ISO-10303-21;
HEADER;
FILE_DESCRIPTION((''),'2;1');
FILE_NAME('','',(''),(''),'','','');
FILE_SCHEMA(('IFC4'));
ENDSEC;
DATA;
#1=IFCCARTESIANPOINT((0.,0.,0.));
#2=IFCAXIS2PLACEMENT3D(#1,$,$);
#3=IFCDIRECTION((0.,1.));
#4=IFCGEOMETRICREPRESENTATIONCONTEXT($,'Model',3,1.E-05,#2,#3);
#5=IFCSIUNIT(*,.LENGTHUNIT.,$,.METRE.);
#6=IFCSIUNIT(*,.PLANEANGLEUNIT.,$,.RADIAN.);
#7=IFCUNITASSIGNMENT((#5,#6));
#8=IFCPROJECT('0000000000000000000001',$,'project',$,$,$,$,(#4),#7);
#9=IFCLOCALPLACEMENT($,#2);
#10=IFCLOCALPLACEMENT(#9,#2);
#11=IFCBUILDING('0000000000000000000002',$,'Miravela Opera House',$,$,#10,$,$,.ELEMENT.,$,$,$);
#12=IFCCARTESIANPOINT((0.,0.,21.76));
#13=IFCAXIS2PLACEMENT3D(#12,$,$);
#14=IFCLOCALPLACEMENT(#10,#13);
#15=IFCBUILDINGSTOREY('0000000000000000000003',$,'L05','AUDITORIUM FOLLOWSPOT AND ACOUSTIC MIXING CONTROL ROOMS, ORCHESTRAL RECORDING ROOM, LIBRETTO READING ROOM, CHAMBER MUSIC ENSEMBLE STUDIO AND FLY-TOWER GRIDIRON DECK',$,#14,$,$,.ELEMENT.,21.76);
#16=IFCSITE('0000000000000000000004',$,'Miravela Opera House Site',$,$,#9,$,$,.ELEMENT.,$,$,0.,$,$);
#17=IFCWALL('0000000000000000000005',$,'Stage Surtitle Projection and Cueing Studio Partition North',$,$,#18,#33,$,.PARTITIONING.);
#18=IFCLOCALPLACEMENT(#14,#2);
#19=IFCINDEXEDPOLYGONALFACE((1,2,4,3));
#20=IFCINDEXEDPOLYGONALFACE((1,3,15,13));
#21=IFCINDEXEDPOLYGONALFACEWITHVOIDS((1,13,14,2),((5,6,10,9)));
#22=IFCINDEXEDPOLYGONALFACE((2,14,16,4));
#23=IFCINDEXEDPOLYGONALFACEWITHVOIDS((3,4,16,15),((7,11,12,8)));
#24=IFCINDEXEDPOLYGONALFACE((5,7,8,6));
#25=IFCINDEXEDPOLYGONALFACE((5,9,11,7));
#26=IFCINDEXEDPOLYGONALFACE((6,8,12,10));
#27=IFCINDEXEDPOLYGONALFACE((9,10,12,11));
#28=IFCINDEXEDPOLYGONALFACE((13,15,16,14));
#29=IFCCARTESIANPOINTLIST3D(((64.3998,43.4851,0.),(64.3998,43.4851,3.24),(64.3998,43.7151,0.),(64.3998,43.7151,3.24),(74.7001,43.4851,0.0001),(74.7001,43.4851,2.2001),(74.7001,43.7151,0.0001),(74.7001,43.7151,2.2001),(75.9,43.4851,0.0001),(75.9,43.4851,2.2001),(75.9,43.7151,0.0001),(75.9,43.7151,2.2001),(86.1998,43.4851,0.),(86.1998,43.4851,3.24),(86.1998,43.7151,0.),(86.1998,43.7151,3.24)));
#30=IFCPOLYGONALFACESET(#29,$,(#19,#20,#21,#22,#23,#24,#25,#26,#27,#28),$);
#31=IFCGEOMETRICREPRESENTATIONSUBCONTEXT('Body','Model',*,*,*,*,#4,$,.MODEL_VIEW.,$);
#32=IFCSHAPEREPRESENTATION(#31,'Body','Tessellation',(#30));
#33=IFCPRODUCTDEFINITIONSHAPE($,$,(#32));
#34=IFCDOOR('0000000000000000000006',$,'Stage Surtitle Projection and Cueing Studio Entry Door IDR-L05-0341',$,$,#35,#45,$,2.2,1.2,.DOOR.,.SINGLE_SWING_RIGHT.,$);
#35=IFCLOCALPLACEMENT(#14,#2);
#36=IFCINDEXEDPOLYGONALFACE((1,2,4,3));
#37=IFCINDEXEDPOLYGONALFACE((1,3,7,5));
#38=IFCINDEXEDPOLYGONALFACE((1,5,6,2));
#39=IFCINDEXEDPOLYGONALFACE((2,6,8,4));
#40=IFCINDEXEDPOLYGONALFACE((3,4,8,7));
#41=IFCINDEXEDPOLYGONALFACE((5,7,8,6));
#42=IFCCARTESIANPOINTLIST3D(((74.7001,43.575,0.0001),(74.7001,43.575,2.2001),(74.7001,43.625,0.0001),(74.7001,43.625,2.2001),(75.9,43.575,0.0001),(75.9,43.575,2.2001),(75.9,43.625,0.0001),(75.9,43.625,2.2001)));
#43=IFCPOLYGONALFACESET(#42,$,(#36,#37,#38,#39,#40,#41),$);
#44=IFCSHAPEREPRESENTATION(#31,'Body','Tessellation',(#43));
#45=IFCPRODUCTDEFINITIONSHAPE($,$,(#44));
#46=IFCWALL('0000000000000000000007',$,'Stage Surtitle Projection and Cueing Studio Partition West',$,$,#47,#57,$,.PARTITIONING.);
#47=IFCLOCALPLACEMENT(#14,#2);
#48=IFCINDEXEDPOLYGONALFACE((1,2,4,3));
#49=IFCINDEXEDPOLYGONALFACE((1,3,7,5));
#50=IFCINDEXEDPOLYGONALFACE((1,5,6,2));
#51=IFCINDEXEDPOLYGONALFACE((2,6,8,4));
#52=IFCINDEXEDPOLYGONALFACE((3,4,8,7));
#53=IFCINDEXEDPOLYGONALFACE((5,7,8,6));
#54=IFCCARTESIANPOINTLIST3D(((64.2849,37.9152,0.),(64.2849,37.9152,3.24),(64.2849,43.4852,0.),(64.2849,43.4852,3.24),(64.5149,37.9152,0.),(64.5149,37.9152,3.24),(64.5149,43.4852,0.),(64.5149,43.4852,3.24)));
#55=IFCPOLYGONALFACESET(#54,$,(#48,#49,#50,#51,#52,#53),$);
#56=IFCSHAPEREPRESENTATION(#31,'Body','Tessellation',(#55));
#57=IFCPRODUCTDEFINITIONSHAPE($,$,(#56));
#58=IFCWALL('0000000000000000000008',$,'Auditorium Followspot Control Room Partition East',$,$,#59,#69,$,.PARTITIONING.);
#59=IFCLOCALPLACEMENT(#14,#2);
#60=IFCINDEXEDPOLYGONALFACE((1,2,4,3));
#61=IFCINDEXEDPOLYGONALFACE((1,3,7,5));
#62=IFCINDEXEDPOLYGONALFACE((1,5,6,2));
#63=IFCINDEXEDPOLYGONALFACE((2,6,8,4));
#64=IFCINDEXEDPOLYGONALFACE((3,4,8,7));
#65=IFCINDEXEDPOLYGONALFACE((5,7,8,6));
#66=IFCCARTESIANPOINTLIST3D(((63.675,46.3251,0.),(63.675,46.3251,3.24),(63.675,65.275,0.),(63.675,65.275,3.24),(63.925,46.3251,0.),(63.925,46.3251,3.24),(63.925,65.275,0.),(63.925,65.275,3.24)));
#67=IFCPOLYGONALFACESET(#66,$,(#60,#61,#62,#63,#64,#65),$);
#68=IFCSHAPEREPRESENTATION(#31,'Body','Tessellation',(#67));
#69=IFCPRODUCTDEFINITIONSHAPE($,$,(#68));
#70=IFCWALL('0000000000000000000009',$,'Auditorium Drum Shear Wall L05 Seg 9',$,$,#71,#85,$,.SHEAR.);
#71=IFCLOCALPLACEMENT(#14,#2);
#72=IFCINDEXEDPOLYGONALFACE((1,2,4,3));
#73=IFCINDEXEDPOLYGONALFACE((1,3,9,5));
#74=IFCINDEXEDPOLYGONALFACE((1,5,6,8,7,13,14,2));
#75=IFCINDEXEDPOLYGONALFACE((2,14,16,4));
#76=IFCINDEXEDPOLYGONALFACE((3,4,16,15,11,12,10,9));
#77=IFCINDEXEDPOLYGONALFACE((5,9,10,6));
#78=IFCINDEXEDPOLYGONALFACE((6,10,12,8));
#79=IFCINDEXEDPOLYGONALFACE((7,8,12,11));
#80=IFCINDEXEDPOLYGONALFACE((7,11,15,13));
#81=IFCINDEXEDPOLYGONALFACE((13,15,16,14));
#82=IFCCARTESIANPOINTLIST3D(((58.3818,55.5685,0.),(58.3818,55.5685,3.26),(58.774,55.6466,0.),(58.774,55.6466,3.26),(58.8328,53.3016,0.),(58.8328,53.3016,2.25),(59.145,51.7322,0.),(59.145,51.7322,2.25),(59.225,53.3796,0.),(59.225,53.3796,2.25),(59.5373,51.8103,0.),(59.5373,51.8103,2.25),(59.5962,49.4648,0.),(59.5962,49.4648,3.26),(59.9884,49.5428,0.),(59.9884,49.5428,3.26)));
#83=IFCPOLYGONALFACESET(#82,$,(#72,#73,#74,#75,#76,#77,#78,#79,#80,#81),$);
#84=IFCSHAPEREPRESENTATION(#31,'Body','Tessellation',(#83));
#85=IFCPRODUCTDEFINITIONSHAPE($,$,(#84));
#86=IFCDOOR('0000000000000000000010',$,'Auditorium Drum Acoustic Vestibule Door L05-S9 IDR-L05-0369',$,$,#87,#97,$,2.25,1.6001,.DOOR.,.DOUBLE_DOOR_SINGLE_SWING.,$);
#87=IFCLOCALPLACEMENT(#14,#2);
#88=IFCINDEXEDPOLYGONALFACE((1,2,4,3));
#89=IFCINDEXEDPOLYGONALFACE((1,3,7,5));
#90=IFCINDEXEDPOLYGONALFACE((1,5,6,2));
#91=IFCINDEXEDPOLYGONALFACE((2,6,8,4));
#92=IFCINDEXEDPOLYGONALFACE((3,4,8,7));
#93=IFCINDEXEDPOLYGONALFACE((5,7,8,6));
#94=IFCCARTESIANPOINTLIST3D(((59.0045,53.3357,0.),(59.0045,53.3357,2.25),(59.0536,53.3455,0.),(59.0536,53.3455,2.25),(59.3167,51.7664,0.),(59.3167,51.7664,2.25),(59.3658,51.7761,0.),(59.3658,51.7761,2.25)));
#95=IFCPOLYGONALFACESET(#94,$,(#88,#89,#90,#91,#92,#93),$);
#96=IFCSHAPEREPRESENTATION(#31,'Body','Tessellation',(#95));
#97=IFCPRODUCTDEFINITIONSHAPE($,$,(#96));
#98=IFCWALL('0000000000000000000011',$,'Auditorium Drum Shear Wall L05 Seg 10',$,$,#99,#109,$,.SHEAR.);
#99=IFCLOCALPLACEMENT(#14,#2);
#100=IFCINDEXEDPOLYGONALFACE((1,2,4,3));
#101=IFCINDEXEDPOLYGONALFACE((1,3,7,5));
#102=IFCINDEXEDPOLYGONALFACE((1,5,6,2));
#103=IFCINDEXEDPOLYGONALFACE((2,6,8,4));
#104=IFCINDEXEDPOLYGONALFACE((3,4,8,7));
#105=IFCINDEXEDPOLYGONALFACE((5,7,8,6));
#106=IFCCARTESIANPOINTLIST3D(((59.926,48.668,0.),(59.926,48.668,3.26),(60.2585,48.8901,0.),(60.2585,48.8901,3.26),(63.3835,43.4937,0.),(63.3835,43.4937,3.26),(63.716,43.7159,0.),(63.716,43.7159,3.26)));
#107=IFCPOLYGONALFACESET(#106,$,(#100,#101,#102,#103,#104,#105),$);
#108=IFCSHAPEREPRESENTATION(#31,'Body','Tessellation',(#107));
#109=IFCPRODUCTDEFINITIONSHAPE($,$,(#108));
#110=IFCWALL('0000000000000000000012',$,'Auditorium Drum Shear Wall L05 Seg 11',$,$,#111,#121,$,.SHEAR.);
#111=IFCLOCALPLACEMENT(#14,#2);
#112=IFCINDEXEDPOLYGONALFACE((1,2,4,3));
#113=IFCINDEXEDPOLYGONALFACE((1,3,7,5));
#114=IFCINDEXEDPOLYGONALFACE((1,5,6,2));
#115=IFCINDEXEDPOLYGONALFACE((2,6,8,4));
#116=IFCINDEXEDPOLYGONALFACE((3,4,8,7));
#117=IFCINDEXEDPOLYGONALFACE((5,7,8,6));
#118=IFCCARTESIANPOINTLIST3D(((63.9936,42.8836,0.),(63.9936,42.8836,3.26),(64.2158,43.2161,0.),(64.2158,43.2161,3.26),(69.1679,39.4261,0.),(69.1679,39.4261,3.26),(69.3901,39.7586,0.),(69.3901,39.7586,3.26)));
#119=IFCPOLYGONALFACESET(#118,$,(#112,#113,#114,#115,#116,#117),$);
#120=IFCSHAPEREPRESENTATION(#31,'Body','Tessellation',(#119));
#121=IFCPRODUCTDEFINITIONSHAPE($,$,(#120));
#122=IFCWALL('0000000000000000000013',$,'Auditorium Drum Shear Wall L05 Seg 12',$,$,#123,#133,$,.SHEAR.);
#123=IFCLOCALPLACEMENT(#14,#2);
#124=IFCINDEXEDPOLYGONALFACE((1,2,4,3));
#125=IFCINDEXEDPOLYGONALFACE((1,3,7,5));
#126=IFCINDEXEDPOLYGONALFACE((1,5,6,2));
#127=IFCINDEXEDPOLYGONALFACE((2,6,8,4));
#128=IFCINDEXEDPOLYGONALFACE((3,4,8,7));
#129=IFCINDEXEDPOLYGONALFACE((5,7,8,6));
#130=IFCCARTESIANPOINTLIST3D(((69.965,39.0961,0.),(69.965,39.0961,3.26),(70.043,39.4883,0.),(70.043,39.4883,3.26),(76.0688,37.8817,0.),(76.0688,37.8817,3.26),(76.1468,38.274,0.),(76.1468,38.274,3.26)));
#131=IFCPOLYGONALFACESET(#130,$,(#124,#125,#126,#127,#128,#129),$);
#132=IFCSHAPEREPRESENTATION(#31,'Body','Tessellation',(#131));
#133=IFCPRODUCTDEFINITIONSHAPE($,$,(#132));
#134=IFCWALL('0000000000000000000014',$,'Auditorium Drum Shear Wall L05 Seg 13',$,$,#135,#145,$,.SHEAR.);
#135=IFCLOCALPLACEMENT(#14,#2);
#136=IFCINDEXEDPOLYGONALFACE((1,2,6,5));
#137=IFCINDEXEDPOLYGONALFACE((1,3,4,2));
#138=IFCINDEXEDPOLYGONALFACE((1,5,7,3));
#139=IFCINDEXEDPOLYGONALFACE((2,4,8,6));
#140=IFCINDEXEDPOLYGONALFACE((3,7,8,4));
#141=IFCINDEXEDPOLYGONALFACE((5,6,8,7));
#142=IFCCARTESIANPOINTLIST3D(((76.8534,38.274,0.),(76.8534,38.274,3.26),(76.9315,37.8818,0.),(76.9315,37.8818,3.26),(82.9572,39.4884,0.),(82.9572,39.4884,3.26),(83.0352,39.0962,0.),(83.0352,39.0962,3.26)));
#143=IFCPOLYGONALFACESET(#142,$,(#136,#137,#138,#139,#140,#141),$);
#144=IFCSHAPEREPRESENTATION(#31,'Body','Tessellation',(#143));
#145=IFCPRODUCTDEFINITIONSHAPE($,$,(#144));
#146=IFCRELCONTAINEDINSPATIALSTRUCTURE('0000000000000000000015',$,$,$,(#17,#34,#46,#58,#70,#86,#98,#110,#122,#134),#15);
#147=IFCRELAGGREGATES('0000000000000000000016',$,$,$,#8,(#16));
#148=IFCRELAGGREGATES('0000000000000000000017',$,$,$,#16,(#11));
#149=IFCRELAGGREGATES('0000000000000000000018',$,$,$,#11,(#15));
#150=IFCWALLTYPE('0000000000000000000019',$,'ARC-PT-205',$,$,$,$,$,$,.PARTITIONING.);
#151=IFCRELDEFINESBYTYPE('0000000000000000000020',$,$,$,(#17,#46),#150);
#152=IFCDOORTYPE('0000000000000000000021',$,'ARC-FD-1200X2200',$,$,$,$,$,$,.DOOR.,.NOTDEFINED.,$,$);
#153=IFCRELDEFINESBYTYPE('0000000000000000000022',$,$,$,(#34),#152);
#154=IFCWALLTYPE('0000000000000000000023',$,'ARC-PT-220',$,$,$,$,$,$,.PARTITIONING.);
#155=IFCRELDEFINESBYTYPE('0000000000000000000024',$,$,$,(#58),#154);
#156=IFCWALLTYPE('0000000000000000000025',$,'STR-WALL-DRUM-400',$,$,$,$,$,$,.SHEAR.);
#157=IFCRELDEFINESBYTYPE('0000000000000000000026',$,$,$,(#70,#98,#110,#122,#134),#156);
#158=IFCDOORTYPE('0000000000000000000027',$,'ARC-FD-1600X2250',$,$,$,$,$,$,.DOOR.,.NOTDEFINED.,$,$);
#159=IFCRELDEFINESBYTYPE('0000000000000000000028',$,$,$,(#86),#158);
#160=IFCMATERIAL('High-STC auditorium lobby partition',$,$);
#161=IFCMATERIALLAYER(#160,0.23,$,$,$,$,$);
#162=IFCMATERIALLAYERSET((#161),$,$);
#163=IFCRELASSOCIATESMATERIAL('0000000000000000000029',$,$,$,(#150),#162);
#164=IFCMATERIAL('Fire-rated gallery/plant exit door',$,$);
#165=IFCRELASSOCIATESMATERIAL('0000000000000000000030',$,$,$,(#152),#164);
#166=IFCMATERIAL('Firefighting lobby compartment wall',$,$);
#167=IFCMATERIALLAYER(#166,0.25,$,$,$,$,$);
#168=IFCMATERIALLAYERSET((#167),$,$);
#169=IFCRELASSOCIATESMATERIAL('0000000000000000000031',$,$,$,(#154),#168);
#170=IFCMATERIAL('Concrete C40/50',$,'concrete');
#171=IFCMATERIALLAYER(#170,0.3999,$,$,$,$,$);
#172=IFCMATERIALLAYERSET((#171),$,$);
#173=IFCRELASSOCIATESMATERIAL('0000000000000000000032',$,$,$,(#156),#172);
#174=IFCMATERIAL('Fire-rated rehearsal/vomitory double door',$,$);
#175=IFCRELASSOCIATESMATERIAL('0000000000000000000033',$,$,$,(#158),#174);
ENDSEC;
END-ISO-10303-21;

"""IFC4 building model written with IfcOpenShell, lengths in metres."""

from ifc_helpers import new_model, si_unit, direction, frame, frame_2d, origin, place, context, subcontext, project, spatial, rectangle, extrude, material, layer, layer_set, type_object, element, fill, save


model = new_model("IFC4")

# Units and contexts
model_context = context("Model", 3, precision=1e-05, world=origin(), true_north=direction((0.0, 1.0)))
body_context = subcontext(model_context, "Body", "Model", "MODEL_VIEW")
ifc_project = project(units=[si_unit("LENGTHUNIT", "METRE"), si_unit("PLANEANGLEUNIT", "RADIAN")], contexts=[model_context])

# Site, building, storey
site_placement = place(None, origin())
site = spatial("IfcSite", under=ifc_project, at=site_placement, Name="Miravela Opera House Site", CompositionType="ELEMENT", RefElevation=0.0)
building_placement = place(site_placement, origin())
building = spatial("IfcBuilding", under=site, at=building_placement, Name="Miravela Opera House", CompositionType="ELEMENT")
storey_placement = place(building_placement, frame((0.0, 0.0, 21.76)))
storey = spatial("IfcBuildingStorey", under=building, at=storey_placement, Name="L05", Description="AUDITORIUM FOLLOWSPOT AND ACOUSTIC MIXING CONTROL ROOMS, ORCHESTRAL RECORDING ROOM, LIBRETTO READING ROOM, CHAMBER MUSIC ENSEMBLE STUDIO AND FLY-TOWER GRIDIRON DECK", CompositionType="ELEMENT", Elevation=21.76)

# Shared definitions
ifc_material_1 = material(Name="Concrete C40/50", Category="concrete")

# Shared definitions
ifc_material_2 = material(Name="High-STC auditorium lobby partition")
ifc_layer_1 = layer(ifc_material_2, 0.23)
ifc_layer_set_1 = layer_set([ifc_layer_1])
wall_type_1 = type_object("IfcWallType", Name="ARC-PT-205", PredefinedType="PARTITIONING", material=ifc_layer_set_1)

# Wall, opening, door
wall_1_placement = place(storey_placement, frame((64.3999, 43.6001, 0.0), z_axis=(0.0, 0.0, 1.0), x_axis=(1.0, 0.0, 0.0)))
wall_1 = element("IfcWall", 1, at=wall_1_placement, inside=storey, type_object=wall_type_1, Name="Stage Surtitle Projection and Cueing Studio Partition North", PredefinedType="PARTITIONING", context=body_context, shape_type="SweptSolid", body=[
    extrude(rectangle(XDim=21.8, YDim=0.23, at=frame_2d((10.8999, 0.0))), origin(), (0.0, 0.0, 1.0), 3.24),
])
opening_1_placement = place(wall_1_placement, frame((10.3, 0.0, 0.0)))
opening_1 = element("IfcOpeningElement", 2, at=opening_1_placement, cuts=wall_1, PredefinedType="OPENING", context=body_context, shape_type="SweptSolid", body=[
    extrude(rectangle(XDim=1.2, YDim=2.2, at=frame_2d((0.6001, 1.1001))), frame((0.0, 0.125, 0.0), z_axis=(0.0, -1.0, 0.0), x_axis=(1.0, 0.0, 0.0)), (0.0, 0.0, 1.0), 0.25),
])
ifc_material_3 = material(Name="Fire-rated gallery/plant exit door")
door_type_1 = type_object("IfcDoorType", Name="ARC-FD-1200X2200", OperationType="NOTDEFINED", PredefinedType="DOOR", material=ifc_material_3)
door_1_placement = place(opening_1_placement, origin())
door_1 = element("IfcDoor", 3, at=door_1_placement, inside=storey, type_object=door_type_1, Name="Stage Surtitle Projection and Cueing Studio Entry Door IDR-L05-0341", OperationType="SINGLE_SWING_RIGHT", OverallHeight=2.2, OverallWidth=1.2, PredefinedType="DOOR", context=body_context, shape_type="SweptSolid", body=[
    extrude(rectangle(XDim=1.2, YDim=2.2, at=frame_2d((0.6001, 1.1001))), frame((0.0, 0.0249, 0.0), z_axis=(0.0, -1.0, 0.0), x_axis=(1.0, 0.0, 0.0)), (0.0, 0.0, 1.0), 0.05),
])
fill(opening_1, door_1)

# Walls
wall_2_placement = place(storey_placement, frame((64.3999, 37.915, 0.0), z_axis=(0.0, 0.0, 1.0), x_axis=(0.0, 1.0, 0.0)))
element("IfcWall", 4, at=wall_2_placement, inside=storey, type_object=wall_type_1, Name="Stage Surtitle Projection and Cueing Studio Partition West", PredefinedType="PARTITIONING", context=body_context, shape_type="SweptSolid", body=[
    extrude(rectangle(XDim=5.5701, YDim=0.23, at=frame_2d((2.7852, 0.0))), origin(), (0.0, 0.0, 1.0), 3.24),
])
ifc_material_4 = material(Name="Firefighting lobby compartment wall")
ifc_layer_2 = layer(ifc_material_4, 0.25)
ifc_layer_set_2 = layer_set([ifc_layer_2])
wall_type_2 = type_object("IfcWallType", Name="ARC-PT-220", PredefinedType="PARTITIONING", material=ifc_layer_set_2)
wall_3_placement = place(storey_placement, frame((63.8, 46.325, 0.0), z_axis=(0.0, 0.0, 1.0), x_axis=(0.0, 1.0, 0.0)))
element("IfcWall", 5, at=wall_3_placement, inside=storey, type_object=wall_type_2, Name="Auditorium Followspot Control Room Partition East", PredefinedType="PARTITIONING", context=body_context, shape_type="SweptSolid", body=[
    extrude(rectangle(XDim=18.95, YDim=0.25, at=frame_2d((9.4751, 0.0))), origin(), (0.0, 0.0, 1.0), 3.24),
])

# Wall, opening, door
ifc_layer_3 = layer(ifc_material_1, 0.3999)
ifc_layer_set_3 = layer_set([ifc_layer_3])
wall_type_3 = type_object("IfcWallType", Name="STR-WALL-DRUM-400", PredefinedType="SHEAR", material=ifc_layer_set_3)
wall_4_placement = place(storey_placement, frame((58.5779, 55.6077, 0.0), z_axis=(0.0, 0.0, 1.0), x_axis=(0.195128, -0.980778, 0.0)))
wall_4 = element("IfcWall", 6, at=wall_4_placement, inside=storey, type_object=wall_type_3, Name="Auditorium Drum Shear Wall L05 Seg 9", PredefinedType="SHEAR", context=body_context, shape_type="SweptSolid", body=[
    extrude(rectangle(XDim=6.2234, YDim=0.3999, at=frame_2d((3.1118, 0.0))), origin(), (0.0, 0.0, 1.0), 3.26),
])
opening_2_placement = place(wall_4_placement, frame((2.3115, 0.0, 0.0)))
opening_2 = element("IfcOpeningElement", 7, at=opening_2_placement, cuts=wall_4, PredefinedType="OPENING", context=body_context, shape_type="SweptSolid", body=[
    extrude(rectangle(XDim=1.6001, YDim=2.25, at=frame_2d((0.8, 1.125))), frame((0.0, 0.21, 0.0), z_axis=(0.0, -1.0, 0.0), x_axis=(1.0, 0.0, 0.0)), (0.0, 0.0, 1.0), 0.4199),
])
ifc_material_5 = material(Name="Fire-rated rehearsal/vomitory double door")
door_type_2 = type_object("IfcDoorType", Name="ARC-FD-1600X2250", OperationType="NOTDEFINED", PredefinedType="DOOR", material=ifc_material_5)
door_2_placement = place(opening_2_placement, frame((1.6001, 0.0, 0.0), z_axis=(0.0, 0.0, 1.0), x_axis=(-1.0, 0.0, 0.0)))
door_2 = element("IfcDoor", 8, at=door_2_placement, inside=storey, type_object=door_type_2, Name="Auditorium Drum Acoustic Vestibule Door L05-S9 IDR-L05-0369", OperationType="DOUBLE_DOOR_SINGLE_SWING", OverallHeight=2.25, OverallWidth=1.6001, PredefinedType="DOOR", context=body_context, shape_type="SweptSolid", body=[
    extrude(rectangle(XDim=1.6001, YDim=2.25, at=frame_2d((0.8, 1.125))), frame((0.0, 0.0249, 0.0), z_axis=(0.0, -1.0, 0.0), x_axis=(1.0, 0.0, 0.0)), (0.0, 0.0, 1.0), 0.05),
])
fill(opening_2, door_2)

# Walls
for number, where, z_axis, x_axis, name in (
    (9, (60.0923, 48.7791, 0.0), (0.0, 0.0, 1.0), (0.555587, -0.831458, 0.0), "Auditorium Drum Shear Wall L05 Seg 10"),
    (10, (64.1047, 43.0498, 0.0), (0.0, 0.0, 1.0), (0.831458, -0.555587, 0.0), "Auditorium Drum Shear Wall L05 Seg 11"),
):
    element("IfcWall", number, at=place(storey_placement, frame(where, z_axis=z_axis, x_axis=x_axis)), inside=storey, type_object=wall_type_3, Name=name, PredefinedType="SHEAR", context=body_context, shape_type="SweptSolid", body=[
        extrude(rectangle(XDim=6.2231, YDim=0.3999, at=frame_2d((3.1116, 0.0))), origin(), (0.0, 0.0, 1.0), 3.26),
    ])
for number, where, z_axis, x_axis, name in (
    (11, (70.0039, 39.2922, 0.0), (0.0, 0.0, 1.0), (0.980778, -0.195128, 0.0), "Auditorium Drum Shear Wall L05 Seg 12"),
    (12, (76.8923, 38.0779, 0.0), (0.0, 0.0, 1.0), (0.980778, 0.195128, 0.0), "Auditorium Drum Shear Wall L05 Seg 13"),
):
    element("IfcWall", number, at=place(storey_placement, frame(where, z_axis=z_axis, x_axis=x_axis)), inside=storey, type_object=wall_type_3, Name=name, PredefinedType="SHEAR", context=body_context, shape_type="SweptSolid", body=[
        extrude(rectangle(XDim=6.2234, YDim=0.3999, at=frame_2d((3.1118, 0.0))), origin(), (0.0, 0.0, 1.0), 3.26),
    ])

save(model, "model.ifc")
